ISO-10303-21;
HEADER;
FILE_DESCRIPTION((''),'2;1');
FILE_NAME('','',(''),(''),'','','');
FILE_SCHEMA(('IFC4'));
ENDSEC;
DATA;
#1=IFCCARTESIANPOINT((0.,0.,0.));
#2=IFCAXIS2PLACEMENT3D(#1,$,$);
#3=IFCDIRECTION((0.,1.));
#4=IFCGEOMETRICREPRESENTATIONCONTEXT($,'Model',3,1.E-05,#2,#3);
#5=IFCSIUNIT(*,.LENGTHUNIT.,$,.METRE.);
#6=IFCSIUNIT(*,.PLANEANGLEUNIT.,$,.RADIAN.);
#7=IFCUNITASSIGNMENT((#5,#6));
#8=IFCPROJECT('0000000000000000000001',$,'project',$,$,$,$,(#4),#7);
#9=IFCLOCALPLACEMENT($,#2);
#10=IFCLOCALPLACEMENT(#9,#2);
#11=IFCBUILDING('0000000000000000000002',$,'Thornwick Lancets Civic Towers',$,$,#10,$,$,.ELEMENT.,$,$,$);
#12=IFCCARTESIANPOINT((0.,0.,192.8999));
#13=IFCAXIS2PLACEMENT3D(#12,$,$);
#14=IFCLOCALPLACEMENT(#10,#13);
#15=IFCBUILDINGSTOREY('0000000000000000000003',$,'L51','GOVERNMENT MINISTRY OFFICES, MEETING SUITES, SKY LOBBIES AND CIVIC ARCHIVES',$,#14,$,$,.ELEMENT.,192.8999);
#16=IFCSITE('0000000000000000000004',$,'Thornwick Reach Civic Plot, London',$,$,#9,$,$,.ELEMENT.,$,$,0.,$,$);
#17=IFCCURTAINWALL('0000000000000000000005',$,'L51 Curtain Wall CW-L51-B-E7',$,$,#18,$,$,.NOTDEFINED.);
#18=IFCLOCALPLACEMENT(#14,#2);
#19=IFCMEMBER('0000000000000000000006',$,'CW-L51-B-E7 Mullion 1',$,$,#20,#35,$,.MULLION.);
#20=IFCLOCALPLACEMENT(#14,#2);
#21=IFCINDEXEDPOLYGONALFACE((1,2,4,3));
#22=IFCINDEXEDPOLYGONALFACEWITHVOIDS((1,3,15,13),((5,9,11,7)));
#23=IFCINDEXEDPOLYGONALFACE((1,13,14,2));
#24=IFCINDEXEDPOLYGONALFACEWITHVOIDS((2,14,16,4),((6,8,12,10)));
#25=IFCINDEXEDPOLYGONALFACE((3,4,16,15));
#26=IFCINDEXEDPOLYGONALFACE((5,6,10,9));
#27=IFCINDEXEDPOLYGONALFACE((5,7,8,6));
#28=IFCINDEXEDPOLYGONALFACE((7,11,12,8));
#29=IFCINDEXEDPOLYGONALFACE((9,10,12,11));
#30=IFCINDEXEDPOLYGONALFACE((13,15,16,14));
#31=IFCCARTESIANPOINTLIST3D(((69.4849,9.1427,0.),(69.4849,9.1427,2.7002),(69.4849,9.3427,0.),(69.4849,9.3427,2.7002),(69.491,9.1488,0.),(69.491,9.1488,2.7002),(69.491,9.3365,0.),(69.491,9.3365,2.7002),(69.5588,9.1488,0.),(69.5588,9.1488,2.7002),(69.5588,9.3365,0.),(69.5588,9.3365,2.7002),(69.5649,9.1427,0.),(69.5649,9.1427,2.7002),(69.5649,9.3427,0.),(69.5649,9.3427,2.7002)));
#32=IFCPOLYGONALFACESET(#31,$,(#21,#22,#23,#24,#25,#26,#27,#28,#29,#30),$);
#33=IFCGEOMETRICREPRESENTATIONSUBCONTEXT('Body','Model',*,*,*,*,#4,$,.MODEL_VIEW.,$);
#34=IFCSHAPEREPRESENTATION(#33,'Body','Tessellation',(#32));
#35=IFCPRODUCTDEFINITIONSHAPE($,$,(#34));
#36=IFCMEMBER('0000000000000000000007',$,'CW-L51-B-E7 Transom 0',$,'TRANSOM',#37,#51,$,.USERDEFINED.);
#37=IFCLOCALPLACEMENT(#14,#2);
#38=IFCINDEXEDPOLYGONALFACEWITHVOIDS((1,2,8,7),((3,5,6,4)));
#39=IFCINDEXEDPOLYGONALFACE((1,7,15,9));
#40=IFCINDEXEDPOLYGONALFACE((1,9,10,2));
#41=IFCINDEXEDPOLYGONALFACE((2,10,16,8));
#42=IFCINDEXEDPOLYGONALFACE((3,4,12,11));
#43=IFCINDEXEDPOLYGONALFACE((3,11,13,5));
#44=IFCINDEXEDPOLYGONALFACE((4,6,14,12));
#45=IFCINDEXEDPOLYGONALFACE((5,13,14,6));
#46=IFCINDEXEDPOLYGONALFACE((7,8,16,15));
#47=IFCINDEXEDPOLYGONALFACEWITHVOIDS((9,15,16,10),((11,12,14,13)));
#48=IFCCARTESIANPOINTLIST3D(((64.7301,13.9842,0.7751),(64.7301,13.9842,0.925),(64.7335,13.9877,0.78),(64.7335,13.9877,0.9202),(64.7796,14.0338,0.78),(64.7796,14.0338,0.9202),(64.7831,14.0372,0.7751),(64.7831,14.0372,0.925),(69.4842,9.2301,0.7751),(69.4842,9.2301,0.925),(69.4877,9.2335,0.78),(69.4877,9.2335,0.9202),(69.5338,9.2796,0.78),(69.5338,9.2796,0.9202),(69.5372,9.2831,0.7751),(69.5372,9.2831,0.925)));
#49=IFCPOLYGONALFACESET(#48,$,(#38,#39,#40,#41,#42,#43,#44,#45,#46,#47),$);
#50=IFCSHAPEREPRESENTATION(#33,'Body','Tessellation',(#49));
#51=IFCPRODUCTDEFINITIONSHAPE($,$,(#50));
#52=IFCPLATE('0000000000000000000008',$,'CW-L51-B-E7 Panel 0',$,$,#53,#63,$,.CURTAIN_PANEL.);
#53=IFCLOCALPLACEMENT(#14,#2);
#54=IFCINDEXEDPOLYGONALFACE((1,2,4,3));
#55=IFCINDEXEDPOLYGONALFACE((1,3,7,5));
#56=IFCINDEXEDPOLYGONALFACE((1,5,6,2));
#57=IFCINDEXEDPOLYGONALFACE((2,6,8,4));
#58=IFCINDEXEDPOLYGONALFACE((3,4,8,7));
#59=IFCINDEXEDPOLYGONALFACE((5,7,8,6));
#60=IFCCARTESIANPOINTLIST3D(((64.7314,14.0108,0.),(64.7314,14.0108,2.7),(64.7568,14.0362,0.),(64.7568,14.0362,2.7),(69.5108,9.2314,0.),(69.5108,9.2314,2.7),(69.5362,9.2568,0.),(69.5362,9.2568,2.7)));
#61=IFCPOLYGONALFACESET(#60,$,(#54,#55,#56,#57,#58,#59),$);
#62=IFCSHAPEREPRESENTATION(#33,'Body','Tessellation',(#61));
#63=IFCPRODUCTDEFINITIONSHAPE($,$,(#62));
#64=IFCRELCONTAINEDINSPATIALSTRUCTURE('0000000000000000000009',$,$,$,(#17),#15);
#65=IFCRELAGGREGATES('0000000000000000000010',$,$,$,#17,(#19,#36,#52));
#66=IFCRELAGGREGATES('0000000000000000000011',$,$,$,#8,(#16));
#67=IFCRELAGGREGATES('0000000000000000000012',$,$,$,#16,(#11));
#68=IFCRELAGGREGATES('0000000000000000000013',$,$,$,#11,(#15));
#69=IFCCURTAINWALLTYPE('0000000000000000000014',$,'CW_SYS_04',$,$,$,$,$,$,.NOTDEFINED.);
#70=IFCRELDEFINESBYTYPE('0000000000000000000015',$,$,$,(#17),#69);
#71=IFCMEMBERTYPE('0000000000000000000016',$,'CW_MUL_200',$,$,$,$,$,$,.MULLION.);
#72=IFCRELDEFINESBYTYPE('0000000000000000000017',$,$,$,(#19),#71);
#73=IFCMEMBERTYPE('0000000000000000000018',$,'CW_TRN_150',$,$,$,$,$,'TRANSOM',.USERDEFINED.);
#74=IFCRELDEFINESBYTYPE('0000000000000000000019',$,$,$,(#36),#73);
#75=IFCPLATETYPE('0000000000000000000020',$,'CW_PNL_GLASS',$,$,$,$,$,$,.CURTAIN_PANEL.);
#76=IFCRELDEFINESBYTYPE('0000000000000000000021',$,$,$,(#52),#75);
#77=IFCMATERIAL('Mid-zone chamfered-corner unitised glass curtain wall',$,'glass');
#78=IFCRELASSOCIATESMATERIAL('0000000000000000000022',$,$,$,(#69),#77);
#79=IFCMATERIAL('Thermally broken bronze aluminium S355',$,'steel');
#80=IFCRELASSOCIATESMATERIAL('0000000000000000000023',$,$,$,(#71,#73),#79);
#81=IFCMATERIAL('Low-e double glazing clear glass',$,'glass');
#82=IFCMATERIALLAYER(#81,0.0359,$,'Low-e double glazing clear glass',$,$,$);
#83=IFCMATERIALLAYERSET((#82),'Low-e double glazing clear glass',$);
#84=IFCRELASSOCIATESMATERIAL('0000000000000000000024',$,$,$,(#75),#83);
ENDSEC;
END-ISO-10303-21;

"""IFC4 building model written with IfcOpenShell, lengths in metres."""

from ifc_helpers import new_model, si_unit, direction, frame, origin, origin_2d, place, context, subcontext, project, spatial, rectangle, hollow_rectangle, extrude, material, layer, layer_set, material_profile, profile_set, type_object, element, aggregate, save


model = new_model("IFC4")

# Units and contexts
model_context = context("Model", 3, precision=1e-05, world=origin(), true_north=direction((0.0, 1.0)))
body_context = subcontext(model_context, "Body", "Model", "MODEL_VIEW")
ifc_project = project(units=[si_unit("LENGTHUNIT", "METRE"), si_unit("PLANEANGLEUNIT", "RADIAN")], contexts=[model_context])

# Site, building, storey
site_placement = place(None, origin())
site = spatial("IfcSite", under=ifc_project, at=site_placement, Name="Thornwick Reach Civic Plot, London", CompositionType="ELEMENT", RefElevation=0.0)
building_placement = place(site_placement, origin())
building = spatial("IfcBuilding", under=site, at=building_placement, Name="Thornwick Lancets Civic Towers", CompositionType="ELEMENT")
storey_placement = place(building_placement, frame((0.0, 0.0, 192.8999)))
storey = spatial("IfcBuildingStorey", under=building, at=storey_placement, Name="L51", Description="GOVERNMENT MINISTRY OFFICES, MEETING SUITES, SKY LOBBIES AND CIVIC ARCHIVES", CompositionType="ELEMENT", Elevation=192.8999)

# Shared definitions
ifc_material_1 = material(Name="Mid-zone chamfered-corner unitised glass curtain wall", Category="glass")
curtain_wall_type = type_object("IfcCurtainWallType", Name="CW_SYS_04", PredefinedType="NOTDEFINED", material=ifc_material_1)
ifc_material_2 = material(Name="Thermally broken bronze aluminium S355", Category="steel")
ifc_material_profile_1 = material_profile(ifc_material_2, hollow_rectangle(XDim=0.0801, YDim=0.2, WallThickness=0.0061, at=origin_2d()), Name="RHS 200x80x6")
ifc_profile_set_1 = profile_set([ifc_material_profile_1], Name="Thermally broken bronze aluminium S355")
member_type_1 = type_object("IfcMemberType", Name="CW_MUL_200", PredefinedType="MULLION", material=ifc_profile_set_1)

# Curtain wall, members, plate
curtain_wall_1_placement = place(storey_placement, origin())
curtain_wall_1 = element("IfcCurtainWall", 1, at=curtain_wall_1_placement, inside=storey, type_object=curtain_wall_type, Name="L51 Curtain Wall CW-L51-B-E7", PredefinedType="NOTDEFINED")
member_1_placement = place(storey_placement, frame((69.5249, 9.2427, 0.0), z_axis=(0.0, 0.0, 1.0), x_axis=(1.0, 0.0, 0.0)))
member_1 = element("IfcMember", 2, at=member_1_placement, type_object=member_type_1, Name="CW-L51-B-E7 Mullion 1", PredefinedType="MULLION", context=body_context, shape_type="SweptSolid", body=[
    extrude(hollow_rectangle(XDim=0.0801, YDim=0.2, WallThickness=0.0061, at=origin_2d()), origin(), (0.0, 0.0, 1.0), 2.7002),
])
ifc_material_profile_2 = material_profile(ifc_material_2, hollow_rectangle(XDim=0.075, YDim=0.1499, WallThickness=0.0049, at=origin_2d()), Name="RHS 150x75x5")
ifc_profile_set_2 = profile_set([ifc_material_profile_2], Name="Thermally broken bronze aluminium S355")
member_type_2 = type_object("IfcMemberType", Name="CW_TRN_150", ElementType="TRANSOM", PredefinedType="USERDEFINED", material=ifc_profile_set_2)
member_2_placement = place(storey_placement, frame((64.7566, 14.0107, 0.8501), z_axis=(0.707107, -0.707107, 0.0), x_axis=(0.707107, 0.707107, 0.0)))
member_2 = element("IfcMember", 3, at=member_2_placement, type_object=member_type_2, Name="CW-L51-B-E7 Transom 0", ObjectType="TRANSOM", PredefinedType="USERDEFINED", context=body_context, shape_type="SweptSolid", body=[
    extrude(hollow_rectangle(XDim=0.075, YDim=0.1499, WallThickness=0.0049, at=origin_2d()), origin(), (0.0, 0.0, 1.0), 6.7234),
])
ifc_material_3 = material(Name="Low-e double glazing clear glass", Category="glass")
ifc_layer_1 = layer(ifc_material_3, 0.0359, Name="Low-e double glazing clear glass")
ifc_layer_set_1 = layer_set([ifc_layer_1], Name="Low-e double glazing clear glass")
plate_type = type_object("IfcPlateType", Name="CW_PNL_GLASS", PredefinedType="CURTAIN_PANEL", material=ifc_layer_set_1)
plate_placement = place(storey_placement, frame((67.1338, 11.6338, 0.0), z_axis=(0.0, 0.0, 1.0), x_axis=(0.707107, -0.707107, 0.0)))
plate = element("IfcPlate", 4, at=plate_placement, type_object=plate_type, Name="CW-L51-B-E7 Panel 0", PredefinedType="CURTAIN_PANEL", context=body_context, shape_type="SweptSolid", body=[
    extrude(rectangle(XDim=6.759, YDim=0.0359, at=origin_2d()), origin(), (0.0, 0.0, 1.0), 2.7),
])
aggregate(curtain_wall_1, [member_1, member_2, plate])

save(model, "model.ifc")
